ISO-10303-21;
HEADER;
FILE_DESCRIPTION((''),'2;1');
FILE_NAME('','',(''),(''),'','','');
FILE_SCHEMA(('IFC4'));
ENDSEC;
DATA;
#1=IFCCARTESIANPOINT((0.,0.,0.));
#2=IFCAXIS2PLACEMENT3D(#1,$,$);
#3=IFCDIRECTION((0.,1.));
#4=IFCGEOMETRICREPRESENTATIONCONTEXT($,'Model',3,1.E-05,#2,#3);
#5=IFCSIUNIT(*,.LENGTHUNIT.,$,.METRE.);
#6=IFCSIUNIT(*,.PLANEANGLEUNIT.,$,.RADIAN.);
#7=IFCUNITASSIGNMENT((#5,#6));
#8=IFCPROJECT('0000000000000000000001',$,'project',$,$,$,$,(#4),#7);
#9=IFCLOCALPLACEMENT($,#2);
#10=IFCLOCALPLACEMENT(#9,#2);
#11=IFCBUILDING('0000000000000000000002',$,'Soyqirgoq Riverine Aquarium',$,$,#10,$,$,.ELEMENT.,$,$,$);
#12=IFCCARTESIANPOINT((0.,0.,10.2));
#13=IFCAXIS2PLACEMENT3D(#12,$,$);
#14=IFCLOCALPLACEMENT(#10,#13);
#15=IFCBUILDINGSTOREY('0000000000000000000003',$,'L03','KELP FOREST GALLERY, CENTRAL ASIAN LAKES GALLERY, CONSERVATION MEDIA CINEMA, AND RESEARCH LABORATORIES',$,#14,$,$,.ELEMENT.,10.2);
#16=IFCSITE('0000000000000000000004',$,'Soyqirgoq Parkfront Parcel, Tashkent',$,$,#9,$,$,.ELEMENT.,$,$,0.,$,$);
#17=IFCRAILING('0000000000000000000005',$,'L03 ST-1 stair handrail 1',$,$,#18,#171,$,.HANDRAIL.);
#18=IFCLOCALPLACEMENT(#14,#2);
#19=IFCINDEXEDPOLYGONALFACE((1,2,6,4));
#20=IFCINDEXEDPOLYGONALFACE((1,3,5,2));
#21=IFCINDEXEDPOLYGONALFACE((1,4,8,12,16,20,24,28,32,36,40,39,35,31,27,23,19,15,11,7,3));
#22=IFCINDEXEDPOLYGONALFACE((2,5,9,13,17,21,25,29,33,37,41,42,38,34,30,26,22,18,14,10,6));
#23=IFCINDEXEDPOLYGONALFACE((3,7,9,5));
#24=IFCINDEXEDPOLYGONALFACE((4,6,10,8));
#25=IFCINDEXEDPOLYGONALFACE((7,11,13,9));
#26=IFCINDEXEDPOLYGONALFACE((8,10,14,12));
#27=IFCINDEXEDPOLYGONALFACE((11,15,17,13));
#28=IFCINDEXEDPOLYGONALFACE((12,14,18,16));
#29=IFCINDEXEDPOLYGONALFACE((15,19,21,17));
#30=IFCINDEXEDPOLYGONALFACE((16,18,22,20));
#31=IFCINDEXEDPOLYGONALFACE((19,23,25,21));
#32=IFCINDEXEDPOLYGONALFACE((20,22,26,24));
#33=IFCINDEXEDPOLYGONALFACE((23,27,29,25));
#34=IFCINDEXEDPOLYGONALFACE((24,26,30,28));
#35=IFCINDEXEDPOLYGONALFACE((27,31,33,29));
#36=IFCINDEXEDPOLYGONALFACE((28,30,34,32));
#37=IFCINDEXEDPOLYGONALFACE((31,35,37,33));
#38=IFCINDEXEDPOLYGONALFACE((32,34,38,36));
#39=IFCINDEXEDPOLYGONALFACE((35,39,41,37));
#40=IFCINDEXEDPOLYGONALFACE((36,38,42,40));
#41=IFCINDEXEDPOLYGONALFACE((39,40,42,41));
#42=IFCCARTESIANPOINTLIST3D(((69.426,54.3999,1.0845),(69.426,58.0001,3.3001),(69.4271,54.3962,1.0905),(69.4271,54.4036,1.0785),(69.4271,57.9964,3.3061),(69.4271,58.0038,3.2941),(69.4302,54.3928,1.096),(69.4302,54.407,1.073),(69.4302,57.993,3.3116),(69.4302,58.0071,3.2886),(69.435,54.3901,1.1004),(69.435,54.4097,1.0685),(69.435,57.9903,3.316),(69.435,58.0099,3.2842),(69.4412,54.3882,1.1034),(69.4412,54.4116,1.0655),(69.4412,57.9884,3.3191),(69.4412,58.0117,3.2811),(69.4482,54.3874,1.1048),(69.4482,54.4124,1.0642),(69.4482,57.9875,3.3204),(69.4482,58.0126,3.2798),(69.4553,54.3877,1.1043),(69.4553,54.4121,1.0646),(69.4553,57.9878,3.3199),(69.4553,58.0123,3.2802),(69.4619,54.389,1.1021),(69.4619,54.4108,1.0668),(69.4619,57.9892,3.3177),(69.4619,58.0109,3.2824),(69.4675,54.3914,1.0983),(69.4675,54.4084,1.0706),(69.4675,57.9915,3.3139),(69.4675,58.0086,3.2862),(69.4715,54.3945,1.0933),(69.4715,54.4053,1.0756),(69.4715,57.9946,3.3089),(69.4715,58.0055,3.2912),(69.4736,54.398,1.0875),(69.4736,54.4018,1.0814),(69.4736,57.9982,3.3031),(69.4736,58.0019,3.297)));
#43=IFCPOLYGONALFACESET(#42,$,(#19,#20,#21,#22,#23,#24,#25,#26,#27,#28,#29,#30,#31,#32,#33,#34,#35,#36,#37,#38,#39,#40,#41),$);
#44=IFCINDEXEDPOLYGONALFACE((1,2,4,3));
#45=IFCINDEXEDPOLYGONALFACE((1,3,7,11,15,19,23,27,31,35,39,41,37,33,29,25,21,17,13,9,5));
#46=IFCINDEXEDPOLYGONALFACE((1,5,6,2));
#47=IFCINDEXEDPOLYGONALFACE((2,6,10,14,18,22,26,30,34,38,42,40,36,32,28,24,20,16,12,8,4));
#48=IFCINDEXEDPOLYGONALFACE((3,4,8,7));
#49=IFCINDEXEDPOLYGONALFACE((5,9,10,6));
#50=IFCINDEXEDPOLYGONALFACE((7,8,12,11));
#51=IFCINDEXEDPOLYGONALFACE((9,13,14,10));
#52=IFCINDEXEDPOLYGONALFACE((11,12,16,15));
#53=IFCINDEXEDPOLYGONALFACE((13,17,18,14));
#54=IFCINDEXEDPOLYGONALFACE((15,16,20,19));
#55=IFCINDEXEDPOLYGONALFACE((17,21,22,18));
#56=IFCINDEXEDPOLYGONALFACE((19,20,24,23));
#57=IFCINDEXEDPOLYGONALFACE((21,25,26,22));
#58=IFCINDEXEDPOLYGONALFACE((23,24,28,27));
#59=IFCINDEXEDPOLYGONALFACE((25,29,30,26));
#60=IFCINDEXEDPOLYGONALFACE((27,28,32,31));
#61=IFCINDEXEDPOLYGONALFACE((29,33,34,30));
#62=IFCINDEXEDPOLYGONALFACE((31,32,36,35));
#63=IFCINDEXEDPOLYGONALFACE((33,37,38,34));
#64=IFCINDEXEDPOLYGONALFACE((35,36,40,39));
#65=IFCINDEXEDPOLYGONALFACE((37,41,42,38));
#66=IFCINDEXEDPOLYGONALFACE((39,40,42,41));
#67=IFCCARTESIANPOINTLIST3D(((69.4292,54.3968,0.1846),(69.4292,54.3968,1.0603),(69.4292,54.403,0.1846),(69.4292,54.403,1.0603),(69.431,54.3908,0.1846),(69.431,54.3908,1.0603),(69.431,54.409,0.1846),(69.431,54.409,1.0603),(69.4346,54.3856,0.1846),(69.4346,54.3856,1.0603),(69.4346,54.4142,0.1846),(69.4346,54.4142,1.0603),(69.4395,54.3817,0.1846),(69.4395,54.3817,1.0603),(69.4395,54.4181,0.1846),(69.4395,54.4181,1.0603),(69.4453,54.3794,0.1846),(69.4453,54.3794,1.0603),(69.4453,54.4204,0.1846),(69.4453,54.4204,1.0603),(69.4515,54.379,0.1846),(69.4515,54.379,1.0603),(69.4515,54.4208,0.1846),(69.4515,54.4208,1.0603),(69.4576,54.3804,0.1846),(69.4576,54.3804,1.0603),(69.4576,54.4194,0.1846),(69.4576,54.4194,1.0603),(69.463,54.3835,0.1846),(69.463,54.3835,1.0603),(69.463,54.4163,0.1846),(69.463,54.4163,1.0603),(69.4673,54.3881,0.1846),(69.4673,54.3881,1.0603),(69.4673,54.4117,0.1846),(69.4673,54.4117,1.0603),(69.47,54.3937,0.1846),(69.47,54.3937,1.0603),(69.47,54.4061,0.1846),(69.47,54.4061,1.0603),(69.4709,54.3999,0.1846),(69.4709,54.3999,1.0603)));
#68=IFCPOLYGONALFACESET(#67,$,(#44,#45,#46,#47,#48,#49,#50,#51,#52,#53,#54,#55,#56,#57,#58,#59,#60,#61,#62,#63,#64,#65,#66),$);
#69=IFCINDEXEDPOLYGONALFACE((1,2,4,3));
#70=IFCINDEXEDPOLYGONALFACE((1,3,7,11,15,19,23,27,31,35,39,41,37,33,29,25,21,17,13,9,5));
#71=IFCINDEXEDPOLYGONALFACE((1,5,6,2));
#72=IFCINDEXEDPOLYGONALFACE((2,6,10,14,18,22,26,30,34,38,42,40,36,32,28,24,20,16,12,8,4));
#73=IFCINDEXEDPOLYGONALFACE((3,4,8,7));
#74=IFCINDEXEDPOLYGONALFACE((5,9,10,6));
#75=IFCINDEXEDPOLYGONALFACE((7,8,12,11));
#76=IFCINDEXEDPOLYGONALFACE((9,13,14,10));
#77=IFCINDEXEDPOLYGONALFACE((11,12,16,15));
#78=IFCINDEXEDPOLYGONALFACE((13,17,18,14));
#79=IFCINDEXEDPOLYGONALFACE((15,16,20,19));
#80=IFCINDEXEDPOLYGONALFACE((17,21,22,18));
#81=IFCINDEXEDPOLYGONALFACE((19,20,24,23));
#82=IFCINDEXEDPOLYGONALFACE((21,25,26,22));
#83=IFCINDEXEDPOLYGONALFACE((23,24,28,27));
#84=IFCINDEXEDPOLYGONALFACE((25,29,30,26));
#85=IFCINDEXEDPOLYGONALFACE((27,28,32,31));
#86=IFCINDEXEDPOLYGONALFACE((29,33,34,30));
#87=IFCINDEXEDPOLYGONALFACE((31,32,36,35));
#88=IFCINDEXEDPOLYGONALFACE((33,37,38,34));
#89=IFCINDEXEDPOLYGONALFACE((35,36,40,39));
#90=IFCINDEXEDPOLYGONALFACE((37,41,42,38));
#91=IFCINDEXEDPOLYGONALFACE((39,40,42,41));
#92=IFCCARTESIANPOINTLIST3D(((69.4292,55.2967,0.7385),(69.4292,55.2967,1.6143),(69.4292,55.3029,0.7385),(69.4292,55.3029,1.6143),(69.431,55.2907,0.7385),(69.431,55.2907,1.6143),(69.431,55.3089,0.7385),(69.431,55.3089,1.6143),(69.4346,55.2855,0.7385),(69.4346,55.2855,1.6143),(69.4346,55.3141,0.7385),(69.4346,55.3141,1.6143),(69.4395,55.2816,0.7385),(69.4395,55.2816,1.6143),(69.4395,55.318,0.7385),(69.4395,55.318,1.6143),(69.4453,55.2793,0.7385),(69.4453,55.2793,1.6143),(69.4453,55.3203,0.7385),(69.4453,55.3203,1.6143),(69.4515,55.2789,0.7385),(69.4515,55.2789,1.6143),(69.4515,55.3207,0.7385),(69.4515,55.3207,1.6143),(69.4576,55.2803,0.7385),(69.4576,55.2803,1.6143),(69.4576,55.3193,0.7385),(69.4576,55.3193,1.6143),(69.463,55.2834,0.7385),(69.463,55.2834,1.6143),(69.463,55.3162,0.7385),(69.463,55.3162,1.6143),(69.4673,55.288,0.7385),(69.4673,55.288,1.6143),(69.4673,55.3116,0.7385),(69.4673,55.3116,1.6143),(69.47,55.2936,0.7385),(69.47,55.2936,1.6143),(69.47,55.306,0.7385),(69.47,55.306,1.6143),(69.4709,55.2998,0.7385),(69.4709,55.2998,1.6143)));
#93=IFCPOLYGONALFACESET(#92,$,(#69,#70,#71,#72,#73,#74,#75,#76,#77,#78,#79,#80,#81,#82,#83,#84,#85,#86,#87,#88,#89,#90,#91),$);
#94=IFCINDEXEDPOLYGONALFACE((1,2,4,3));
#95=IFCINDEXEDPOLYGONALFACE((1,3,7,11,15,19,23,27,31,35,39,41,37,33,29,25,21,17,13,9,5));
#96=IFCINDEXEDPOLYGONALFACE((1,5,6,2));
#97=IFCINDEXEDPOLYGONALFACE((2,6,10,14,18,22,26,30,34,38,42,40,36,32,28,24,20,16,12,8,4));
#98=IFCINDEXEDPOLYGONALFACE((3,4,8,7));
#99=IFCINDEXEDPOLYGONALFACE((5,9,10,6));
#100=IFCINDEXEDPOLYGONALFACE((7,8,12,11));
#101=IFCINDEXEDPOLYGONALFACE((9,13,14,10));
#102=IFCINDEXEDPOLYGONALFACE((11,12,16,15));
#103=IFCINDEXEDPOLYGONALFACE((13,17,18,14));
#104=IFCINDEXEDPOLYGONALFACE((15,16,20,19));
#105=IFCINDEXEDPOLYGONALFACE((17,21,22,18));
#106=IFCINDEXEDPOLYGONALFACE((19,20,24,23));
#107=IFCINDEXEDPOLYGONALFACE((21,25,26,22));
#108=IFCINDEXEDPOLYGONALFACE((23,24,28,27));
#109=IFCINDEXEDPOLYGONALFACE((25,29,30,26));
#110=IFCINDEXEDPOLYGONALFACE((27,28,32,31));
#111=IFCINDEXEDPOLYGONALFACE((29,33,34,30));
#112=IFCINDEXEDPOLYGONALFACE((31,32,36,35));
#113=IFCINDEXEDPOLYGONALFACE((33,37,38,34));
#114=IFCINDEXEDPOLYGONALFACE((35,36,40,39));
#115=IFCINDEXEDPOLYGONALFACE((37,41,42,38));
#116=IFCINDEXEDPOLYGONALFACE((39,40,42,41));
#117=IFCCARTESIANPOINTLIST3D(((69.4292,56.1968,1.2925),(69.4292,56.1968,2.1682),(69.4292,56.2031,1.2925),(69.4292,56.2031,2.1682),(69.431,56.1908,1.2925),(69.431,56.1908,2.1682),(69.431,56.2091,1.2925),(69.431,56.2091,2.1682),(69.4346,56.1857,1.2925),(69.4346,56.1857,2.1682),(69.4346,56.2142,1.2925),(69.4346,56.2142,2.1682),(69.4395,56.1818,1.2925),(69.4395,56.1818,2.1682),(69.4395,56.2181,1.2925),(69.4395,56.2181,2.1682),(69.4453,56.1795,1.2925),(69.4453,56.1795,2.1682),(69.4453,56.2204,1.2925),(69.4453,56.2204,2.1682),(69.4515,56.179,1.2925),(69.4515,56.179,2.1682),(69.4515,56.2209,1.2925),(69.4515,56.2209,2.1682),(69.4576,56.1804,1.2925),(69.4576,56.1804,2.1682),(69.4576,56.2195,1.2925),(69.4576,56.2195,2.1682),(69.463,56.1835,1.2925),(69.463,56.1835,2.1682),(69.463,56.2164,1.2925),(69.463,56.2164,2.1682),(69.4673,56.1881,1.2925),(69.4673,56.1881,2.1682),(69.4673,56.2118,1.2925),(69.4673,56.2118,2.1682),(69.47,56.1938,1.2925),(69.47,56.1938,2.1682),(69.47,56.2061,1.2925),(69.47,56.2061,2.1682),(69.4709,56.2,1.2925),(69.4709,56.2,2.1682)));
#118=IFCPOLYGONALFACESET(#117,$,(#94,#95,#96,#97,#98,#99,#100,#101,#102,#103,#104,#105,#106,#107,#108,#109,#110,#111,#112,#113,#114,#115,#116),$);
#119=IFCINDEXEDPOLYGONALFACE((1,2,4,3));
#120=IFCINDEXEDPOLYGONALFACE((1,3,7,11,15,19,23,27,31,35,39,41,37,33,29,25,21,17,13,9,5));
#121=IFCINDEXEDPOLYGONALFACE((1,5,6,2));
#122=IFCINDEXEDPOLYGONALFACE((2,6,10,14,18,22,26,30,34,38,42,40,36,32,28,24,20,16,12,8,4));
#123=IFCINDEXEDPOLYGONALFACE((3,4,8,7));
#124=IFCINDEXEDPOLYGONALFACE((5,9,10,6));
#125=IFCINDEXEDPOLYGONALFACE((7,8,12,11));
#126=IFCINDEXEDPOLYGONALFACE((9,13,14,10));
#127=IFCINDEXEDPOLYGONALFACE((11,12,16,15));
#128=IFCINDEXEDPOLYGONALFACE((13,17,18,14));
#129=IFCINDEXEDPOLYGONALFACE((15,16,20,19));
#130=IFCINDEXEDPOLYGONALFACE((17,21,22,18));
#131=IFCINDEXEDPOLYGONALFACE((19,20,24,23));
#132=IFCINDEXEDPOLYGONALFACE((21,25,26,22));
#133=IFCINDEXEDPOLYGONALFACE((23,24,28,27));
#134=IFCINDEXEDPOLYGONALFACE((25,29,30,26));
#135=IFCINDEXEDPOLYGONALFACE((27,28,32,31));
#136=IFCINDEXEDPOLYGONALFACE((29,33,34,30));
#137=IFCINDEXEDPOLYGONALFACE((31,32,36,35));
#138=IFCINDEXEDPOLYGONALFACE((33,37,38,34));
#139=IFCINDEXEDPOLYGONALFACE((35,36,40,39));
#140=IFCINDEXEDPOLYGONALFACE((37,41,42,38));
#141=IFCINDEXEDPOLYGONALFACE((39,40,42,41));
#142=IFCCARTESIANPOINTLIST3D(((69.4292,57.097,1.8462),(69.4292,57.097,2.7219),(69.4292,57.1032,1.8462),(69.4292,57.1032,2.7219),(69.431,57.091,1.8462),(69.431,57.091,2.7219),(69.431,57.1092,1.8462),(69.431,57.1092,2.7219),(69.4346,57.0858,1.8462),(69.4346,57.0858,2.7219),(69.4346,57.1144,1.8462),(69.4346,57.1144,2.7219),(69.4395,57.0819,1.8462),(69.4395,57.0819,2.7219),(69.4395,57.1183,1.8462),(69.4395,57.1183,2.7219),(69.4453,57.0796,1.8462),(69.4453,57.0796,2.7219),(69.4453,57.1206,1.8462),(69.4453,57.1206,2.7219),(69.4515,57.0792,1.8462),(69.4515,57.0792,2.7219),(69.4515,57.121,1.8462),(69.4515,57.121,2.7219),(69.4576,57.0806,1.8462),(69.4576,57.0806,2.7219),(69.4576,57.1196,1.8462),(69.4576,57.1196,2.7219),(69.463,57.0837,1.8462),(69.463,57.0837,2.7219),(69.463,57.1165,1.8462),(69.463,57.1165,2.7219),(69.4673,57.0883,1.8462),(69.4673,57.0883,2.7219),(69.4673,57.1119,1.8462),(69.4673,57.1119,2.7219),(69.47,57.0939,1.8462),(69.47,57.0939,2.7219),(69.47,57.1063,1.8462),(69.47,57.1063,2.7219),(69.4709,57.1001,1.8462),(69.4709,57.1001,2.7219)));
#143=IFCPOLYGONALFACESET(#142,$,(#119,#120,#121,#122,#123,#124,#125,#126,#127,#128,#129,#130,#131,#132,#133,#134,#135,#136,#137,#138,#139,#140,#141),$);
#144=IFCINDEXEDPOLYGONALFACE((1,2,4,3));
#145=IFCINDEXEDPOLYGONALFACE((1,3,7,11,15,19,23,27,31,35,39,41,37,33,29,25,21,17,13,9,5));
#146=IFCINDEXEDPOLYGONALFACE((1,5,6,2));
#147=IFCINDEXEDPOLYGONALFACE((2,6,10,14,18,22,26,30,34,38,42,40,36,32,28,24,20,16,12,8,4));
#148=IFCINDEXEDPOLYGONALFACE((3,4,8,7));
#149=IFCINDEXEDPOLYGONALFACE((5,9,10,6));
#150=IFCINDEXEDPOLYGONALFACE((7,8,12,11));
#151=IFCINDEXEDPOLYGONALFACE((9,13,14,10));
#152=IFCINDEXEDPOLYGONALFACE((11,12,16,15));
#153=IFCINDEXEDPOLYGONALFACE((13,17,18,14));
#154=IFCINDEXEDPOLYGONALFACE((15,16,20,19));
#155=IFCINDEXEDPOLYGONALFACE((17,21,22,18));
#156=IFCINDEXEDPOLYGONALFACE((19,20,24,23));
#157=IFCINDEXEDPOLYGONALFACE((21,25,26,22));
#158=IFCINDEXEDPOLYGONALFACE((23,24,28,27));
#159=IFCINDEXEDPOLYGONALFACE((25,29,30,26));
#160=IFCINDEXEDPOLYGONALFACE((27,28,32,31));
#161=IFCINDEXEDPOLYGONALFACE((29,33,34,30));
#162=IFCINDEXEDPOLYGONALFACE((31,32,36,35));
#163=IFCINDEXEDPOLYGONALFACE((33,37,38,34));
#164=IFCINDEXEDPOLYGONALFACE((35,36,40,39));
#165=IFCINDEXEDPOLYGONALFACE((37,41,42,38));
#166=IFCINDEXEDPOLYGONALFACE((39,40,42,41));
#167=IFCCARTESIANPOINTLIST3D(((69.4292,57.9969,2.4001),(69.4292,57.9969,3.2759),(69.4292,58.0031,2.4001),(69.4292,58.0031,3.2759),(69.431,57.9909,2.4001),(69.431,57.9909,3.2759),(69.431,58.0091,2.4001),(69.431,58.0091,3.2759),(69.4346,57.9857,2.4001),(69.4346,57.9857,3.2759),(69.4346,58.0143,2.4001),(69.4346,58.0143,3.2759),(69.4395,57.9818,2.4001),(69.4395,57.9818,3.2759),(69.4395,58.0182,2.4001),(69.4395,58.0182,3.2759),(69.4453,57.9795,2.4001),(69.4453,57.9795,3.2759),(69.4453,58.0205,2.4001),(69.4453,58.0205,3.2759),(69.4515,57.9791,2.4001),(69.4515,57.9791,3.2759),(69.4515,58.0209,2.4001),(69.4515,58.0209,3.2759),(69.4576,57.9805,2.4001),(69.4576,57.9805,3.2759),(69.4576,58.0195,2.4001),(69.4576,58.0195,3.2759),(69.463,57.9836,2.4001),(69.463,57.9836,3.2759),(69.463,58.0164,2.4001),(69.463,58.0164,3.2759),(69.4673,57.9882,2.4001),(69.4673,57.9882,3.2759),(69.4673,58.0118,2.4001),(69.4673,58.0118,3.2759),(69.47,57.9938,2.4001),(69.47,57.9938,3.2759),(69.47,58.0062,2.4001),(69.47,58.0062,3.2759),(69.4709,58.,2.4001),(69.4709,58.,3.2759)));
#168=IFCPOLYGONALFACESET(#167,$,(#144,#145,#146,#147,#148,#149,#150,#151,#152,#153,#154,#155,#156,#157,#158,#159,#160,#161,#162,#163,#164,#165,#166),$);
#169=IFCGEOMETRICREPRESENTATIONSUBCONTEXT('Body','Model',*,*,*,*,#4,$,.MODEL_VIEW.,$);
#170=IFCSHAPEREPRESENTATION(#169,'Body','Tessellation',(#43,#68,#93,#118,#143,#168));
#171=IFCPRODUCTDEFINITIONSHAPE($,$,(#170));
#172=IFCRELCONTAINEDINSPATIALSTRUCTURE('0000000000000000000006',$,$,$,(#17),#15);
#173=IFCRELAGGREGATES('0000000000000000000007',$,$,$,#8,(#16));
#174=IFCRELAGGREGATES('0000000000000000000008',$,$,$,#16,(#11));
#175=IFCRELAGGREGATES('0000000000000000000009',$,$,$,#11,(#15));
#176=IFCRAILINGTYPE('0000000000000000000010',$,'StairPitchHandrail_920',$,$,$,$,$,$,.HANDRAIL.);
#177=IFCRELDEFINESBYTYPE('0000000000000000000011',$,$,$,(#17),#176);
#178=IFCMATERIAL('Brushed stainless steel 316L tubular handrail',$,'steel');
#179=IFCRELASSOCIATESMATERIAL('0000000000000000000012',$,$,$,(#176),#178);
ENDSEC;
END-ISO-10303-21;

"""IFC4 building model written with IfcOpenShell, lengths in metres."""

from ifc_helpers import new_model, si_unit, direction, frame, origin, origin_2d, place, context, subcontext, project, spatial, circle, extrude, material, type_object, element, save


model = new_model("IFC4")

# Units and contexts
model_context = context("Model", 3, precision=1e-05, world=origin(), true_north=direction((0.0, 1.0)))
body_context = subcontext(model_context, "Body", "Model", "MODEL_VIEW")
ifc_project = project(units=[si_unit("LENGTHUNIT", "METRE"), si_unit("PLANEANGLEUNIT", "RADIAN")], contexts=[model_context])

# Site, building, storey
site_placement = place(None, origin())
site = spatial("IfcSite", under=ifc_project, at=site_placement, Name="Soyqirgoq Parkfront Parcel, Tashkent", CompositionType="ELEMENT", RefElevation=0.0)
building_placement = place(site_placement, origin())
building = spatial("IfcBuilding", under=site, at=building_placement, Name="Soyqirgoq Riverine Aquarium", CompositionType="ELEMENT")
storey_placement = place(building_placement, frame((0.0, 0.0, 10.2)))
storey = spatial("IfcBuildingStorey", under=building, at=storey_placement, Name="L03", Description="KELP FOREST GALLERY, CENTRAL ASIAN LAKES GALLERY, CONSERVATION MEDIA CINEMA, AND RESEARCH LABORATORIES", CompositionType="ELEMENT", Elevation=10.2)

# Railing
ifc_material_1 = material(Name="Brushed stainless steel 316L tubular handrail", Category="steel")
railing_type_1 = type_object("IfcRailingType", Name="StairPitchHandrail_920", PredefinedType="HANDRAIL", material=ifc_material_1)
railing_1_placement = place(storey_placement, frame((69.45, 54.3999, 0.1846)))
element("IfcRailing", 1, at=railing_1_placement, inside=storey, type_object=railing_type_1, Name="L03 ST-1 stair handrail 1", PredefinedType="HANDRAIL", context=body_context, shape_type="SweptSolid", body=[
    extrude(circle(Radius=0.0239, at=origin_2d()), frame((0.0, 0.0, 0.8999), z_axis=(0.0, 0.851644, 0.52412), x_axis=(-1.0, 0.0, 0.0)), (0.0, 0.0, 1.0), 4.2273),
    extrude(circle(Radius=0.021, at=origin_2d()), origin(), (0.0, 0.0, 1.0), 0.8757),
    extrude(circle(Radius=0.021, at=origin_2d()), frame((0.0, 0.8999, 0.554)), (0.0, 0.0, 1.0), 0.8757),
    extrude(circle(Radius=0.021, at=origin_2d()), frame((0.0, 1.8, 1.1079)), (0.0, 0.0, 1.0), 0.8757),
    extrude(circle(Radius=0.021, at=origin_2d()), frame((0.0, 2.7002, 1.6616)), (0.0, 0.0, 1.0), 0.8757),
    extrude(circle(Radius=0.021, at=origin_2d()), frame((0.0, 3.6001, 2.2156)), (0.0, 0.0, 1.0), 0.8757),
])

save(model, "model.ifc")
